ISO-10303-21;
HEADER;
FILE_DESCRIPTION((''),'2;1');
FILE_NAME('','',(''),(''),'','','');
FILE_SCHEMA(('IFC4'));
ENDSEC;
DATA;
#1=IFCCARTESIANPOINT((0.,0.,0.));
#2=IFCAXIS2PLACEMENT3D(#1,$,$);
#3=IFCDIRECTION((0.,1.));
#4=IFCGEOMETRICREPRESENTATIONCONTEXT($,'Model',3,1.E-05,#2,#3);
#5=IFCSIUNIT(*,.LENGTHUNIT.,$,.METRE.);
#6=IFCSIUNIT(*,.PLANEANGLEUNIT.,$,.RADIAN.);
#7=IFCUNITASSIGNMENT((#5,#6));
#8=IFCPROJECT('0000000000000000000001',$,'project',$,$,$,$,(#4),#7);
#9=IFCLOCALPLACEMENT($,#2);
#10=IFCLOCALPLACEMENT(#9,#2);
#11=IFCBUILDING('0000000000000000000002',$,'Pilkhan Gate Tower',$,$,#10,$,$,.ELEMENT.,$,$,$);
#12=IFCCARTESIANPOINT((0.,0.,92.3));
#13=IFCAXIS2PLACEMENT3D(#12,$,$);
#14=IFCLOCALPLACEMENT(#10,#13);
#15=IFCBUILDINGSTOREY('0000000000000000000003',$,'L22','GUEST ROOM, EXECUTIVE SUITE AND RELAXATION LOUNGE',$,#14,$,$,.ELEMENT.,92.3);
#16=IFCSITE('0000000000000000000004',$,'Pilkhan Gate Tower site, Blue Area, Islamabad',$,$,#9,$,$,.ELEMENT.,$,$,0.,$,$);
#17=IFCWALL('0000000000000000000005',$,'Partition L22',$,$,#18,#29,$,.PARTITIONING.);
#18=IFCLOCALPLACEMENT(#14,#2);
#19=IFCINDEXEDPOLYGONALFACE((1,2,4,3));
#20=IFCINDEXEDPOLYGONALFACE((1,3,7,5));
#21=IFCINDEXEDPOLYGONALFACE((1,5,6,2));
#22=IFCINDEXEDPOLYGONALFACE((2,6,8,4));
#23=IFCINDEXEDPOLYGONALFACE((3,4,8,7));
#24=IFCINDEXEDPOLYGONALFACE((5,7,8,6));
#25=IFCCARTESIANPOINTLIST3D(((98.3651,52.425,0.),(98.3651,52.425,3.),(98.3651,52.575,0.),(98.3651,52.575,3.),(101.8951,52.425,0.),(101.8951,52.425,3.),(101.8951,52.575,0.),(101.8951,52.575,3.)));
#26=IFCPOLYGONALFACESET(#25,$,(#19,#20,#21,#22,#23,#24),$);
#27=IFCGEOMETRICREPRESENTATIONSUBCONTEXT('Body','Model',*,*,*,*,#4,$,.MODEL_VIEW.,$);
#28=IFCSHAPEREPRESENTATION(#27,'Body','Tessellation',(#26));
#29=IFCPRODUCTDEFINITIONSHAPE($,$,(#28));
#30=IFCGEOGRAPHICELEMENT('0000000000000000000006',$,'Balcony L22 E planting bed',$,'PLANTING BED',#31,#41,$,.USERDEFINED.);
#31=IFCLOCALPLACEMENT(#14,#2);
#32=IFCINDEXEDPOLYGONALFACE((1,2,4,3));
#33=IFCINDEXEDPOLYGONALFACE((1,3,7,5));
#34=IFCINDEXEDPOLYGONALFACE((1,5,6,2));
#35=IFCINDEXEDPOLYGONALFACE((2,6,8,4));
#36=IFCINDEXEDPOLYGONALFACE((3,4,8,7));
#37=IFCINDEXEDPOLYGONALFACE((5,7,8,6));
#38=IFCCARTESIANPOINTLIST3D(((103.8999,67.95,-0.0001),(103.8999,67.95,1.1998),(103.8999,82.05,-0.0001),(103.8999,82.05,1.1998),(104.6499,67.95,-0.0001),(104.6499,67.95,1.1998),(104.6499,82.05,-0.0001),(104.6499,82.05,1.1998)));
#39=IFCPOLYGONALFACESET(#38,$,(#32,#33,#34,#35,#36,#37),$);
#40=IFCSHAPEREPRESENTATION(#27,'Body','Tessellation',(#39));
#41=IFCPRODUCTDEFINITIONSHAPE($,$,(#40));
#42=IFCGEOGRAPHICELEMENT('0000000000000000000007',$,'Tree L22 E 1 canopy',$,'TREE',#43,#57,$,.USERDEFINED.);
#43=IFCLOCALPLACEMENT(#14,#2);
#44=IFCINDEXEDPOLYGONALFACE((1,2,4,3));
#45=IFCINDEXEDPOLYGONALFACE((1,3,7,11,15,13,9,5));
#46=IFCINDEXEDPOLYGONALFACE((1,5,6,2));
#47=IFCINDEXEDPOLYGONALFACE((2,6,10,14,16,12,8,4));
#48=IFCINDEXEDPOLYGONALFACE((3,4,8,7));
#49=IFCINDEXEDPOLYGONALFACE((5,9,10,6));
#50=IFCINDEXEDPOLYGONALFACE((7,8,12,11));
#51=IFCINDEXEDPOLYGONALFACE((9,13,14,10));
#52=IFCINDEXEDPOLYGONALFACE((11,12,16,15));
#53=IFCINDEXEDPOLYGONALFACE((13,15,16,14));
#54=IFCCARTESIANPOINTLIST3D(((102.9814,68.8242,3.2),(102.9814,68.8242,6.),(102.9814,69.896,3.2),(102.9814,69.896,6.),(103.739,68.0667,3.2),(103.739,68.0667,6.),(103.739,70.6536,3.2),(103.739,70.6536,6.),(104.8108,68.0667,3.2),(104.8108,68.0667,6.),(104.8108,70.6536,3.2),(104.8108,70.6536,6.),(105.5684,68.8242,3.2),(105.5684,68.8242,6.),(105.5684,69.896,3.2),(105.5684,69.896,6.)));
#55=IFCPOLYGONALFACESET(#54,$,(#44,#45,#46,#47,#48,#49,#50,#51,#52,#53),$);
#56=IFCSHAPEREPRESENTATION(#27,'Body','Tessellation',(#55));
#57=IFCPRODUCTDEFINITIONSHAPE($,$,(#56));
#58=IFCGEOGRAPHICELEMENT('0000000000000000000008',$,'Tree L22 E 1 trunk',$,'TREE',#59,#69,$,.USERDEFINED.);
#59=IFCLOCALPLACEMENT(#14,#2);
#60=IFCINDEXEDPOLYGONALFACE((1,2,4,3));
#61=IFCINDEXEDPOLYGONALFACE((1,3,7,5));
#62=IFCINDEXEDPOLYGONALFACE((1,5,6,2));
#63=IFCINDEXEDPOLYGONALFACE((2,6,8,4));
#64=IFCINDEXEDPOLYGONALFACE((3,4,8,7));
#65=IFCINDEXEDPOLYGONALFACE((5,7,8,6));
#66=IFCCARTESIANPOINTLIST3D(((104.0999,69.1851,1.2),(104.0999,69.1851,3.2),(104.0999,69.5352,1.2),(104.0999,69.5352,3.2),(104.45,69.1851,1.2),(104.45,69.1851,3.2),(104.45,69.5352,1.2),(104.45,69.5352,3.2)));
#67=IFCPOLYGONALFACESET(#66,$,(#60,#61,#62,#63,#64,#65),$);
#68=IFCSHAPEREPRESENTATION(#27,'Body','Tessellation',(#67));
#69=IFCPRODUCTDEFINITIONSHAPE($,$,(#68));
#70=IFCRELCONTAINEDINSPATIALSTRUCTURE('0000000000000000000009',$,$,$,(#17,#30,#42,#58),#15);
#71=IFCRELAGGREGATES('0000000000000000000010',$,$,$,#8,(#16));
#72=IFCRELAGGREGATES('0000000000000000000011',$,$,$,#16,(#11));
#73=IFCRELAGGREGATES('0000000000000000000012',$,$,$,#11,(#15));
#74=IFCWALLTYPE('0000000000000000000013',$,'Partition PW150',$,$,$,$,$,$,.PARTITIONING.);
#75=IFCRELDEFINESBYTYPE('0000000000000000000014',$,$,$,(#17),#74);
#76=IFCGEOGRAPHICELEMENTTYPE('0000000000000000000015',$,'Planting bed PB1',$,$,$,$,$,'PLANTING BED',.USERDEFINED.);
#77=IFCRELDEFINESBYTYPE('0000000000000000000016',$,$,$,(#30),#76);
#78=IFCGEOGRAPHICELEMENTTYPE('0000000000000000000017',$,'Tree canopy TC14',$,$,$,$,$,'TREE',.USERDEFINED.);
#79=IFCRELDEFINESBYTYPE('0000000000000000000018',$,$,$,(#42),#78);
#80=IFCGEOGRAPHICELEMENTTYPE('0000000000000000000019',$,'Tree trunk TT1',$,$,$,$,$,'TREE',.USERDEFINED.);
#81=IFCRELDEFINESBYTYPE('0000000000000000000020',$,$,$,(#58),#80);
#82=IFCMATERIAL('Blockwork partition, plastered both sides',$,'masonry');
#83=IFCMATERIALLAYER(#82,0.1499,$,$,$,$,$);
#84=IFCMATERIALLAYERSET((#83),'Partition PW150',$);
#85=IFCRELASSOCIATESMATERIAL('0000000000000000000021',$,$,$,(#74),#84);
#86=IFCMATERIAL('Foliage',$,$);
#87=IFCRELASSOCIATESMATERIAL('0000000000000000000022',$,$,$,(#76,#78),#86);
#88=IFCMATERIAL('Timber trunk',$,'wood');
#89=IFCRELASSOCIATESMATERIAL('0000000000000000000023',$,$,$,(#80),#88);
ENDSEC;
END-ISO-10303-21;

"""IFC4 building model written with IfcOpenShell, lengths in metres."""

from ifc_helpers import new_model, si_unit, direction, frame, frame_2d, origin, origin_2d, place, context, subcontext, project, spatial, polyline, rectangle, outline, extrude, material, layer, layer_set, material_profile, profile_set, type_object, element, save


model = new_model("IFC4")

# Units and contexts
model_context = context("Model", 3, precision=1e-05, world=origin(), true_north=direction((0.0, 1.0)))
body_context = subcontext(model_context, "Body", "Model", "MODEL_VIEW")
ifc_project = project(units=[si_unit("LENGTHUNIT", "METRE"), si_unit("PLANEANGLEUNIT", "RADIAN")], contexts=[model_context])

# Site, building, storey
site_placement = place(None, origin())
site = spatial("IfcSite", under=ifc_project, at=site_placement, Name="Pilkhan Gate Tower site, Blue Area, Islamabad", CompositionType="ELEMENT", RefElevation=0.0)
building_placement = place(site_placement, origin())
building = spatial("IfcBuilding", under=site, at=building_placement, Name="Pilkhan Gate Tower", CompositionType="ELEMENT")
storey_placement = place(building_placement, frame((0.0, 0.0, 92.3)))
storey = spatial("IfcBuildingStorey", under=building, at=storey_placement, Name="L22", Description="GUEST ROOM, EXECUTIVE SUITE AND RELAXATION LOUNGE", CompositionType="ELEMENT", Elevation=92.3)

# Wall
ifc_material_1 = material(Name="Blockwork partition, plastered both sides", Category="masonry")
ifc_layer_1 = layer(ifc_material_1, 0.1499)
ifc_layer_set_1 = layer_set([ifc_layer_1], Name="Partition PW150")
wall_type_1 = type_object("IfcWallType", Name="Partition PW150", PredefinedType="PARTITIONING", material=ifc_layer_set_1)
wall_1_placement = place(storey_placement, frame((98.365, 52.5, 0.0), z_axis=(0.0, 0.0, 1.0), x_axis=(1.0, 0.0, 0.0)))
element("IfcWall", 1, at=wall_1_placement, inside=storey, type_object=wall_type_1, Name="Partition L22", PredefinedType="PARTITIONING", context=body_context, shape_type="SweptSolid", body=[
    extrude(rectangle(XDim=3.53, YDim=0.1499, at=frame_2d((1.7651, 0.0))), origin(), (0.0, 0.0, 1.0), 3.0),
])

# Geographic elements
ifc_material_2 = material(Name="Foliage")
ifc_material_profile_1 = material_profile(ifc_material_2, rectangle(XDim=0.75, YDim=1.2, at=origin_2d()), Name="Bed 750x1200")
ifc_profile_set_1 = profile_set([ifc_material_profile_1], Name="Foliage")
geographic_element_type_1 = type_object("IfcGeographicElementType", Name="Planting bed PB1", ElementType="PLANTING BED", PredefinedType="USERDEFINED", material=ifc_profile_set_1)
geographic_element_1_placement = place(storey_placement, frame((104.2749, 67.95, 0.5999), z_axis=(0.0, 1.0, 0.0), x_axis=(-1.0, 0.0, 0.0)))
element("IfcGeographicElement", 2, at=geographic_element_1_placement, inside=storey, type_object=geographic_element_type_1, Name="Balcony L22 E planting bed", ObjectType="PLANTING BED", PredefinedType="USERDEFINED", context=body_context, shape_type="SweptSolid", body=[
    extrude(rectangle(XDim=0.75, YDim=1.2, at=origin_2d()), origin(), (0.0, 0.0, 1.0), 14.1001),
])
ifc_material_profile_2 = material_profile(ifc_material_2, outline(polyline([(1.2935, 0.5359), (0.5359, 1.2935), (-0.5359, 1.2935), (-1.2935, 0.5359), (-1.2935, -0.5359), (-0.5359, -1.2935), (0.5359, -1.2935), (1.2935, -0.5359), (1.2935, 0.5359)])), Name="Canopy D2.8")
ifc_profile_set_2 = profile_set([ifc_material_profile_2], Name="Foliage")
geographic_element_type_2 = type_object("IfcGeographicElementType", Name="Tree canopy TC14", ElementType="TREE", PredefinedType="USERDEFINED", material=ifc_profile_set_2)
geographic_element_2_placement = place(storey_placement, frame((104.2749, 69.3601, 3.2), z_axis=(0.0, 0.0, 1.0), x_axis=(1.0, 0.0, 0.0)))
element("IfcGeographicElement", 3, at=geographic_element_2_placement, inside=storey, type_object=geographic_element_type_2, Name="Tree L22 E 1 canopy", ObjectType="TREE", PredefinedType="USERDEFINED", context=body_context, shape_type="SweptSolid", body=[
    extrude(outline(polyline([(1.2935, 0.5359), (0.5359, 1.2935), (-0.5359, 1.2935), (-1.2935, 0.5359), (-1.2935, -0.5359), (-0.5359, -1.2935), (0.5359, -1.2935), (1.2935, -0.5359), (1.2935, 0.5359)])), origin(), (0.0, 0.0, 1.0), 2.8),
])
ifc_material_3 = material(Name="Timber trunk", Category="wood")
geographic_element_type_3 = type_object("IfcGeographicElementType", Name="Tree trunk TT1", ElementType="TREE", PredefinedType="USERDEFINED", material=ifc_material_3)
geographic_element_3_placement = place(storey_placement, frame((104.2749, 69.3601, 1.2), z_axis=(0.0, 0.0, 1.0), x_axis=(1.0, 0.0, 0.0)))
element("IfcGeographicElement", 4, at=geographic_element_3_placement, inside=storey, type_object=geographic_element_type_3, Name="Tree L22 E 1 trunk", ObjectType="TREE", PredefinedType="USERDEFINED", context=body_context, shape_type="SweptSolid", body=[
    extrude(rectangle(XDim=0.3501, YDim=0.3501, at=origin_2d()), origin(), (0.0, 0.0, 1.0), 2.0),
])

save(model, "model.ifc")
